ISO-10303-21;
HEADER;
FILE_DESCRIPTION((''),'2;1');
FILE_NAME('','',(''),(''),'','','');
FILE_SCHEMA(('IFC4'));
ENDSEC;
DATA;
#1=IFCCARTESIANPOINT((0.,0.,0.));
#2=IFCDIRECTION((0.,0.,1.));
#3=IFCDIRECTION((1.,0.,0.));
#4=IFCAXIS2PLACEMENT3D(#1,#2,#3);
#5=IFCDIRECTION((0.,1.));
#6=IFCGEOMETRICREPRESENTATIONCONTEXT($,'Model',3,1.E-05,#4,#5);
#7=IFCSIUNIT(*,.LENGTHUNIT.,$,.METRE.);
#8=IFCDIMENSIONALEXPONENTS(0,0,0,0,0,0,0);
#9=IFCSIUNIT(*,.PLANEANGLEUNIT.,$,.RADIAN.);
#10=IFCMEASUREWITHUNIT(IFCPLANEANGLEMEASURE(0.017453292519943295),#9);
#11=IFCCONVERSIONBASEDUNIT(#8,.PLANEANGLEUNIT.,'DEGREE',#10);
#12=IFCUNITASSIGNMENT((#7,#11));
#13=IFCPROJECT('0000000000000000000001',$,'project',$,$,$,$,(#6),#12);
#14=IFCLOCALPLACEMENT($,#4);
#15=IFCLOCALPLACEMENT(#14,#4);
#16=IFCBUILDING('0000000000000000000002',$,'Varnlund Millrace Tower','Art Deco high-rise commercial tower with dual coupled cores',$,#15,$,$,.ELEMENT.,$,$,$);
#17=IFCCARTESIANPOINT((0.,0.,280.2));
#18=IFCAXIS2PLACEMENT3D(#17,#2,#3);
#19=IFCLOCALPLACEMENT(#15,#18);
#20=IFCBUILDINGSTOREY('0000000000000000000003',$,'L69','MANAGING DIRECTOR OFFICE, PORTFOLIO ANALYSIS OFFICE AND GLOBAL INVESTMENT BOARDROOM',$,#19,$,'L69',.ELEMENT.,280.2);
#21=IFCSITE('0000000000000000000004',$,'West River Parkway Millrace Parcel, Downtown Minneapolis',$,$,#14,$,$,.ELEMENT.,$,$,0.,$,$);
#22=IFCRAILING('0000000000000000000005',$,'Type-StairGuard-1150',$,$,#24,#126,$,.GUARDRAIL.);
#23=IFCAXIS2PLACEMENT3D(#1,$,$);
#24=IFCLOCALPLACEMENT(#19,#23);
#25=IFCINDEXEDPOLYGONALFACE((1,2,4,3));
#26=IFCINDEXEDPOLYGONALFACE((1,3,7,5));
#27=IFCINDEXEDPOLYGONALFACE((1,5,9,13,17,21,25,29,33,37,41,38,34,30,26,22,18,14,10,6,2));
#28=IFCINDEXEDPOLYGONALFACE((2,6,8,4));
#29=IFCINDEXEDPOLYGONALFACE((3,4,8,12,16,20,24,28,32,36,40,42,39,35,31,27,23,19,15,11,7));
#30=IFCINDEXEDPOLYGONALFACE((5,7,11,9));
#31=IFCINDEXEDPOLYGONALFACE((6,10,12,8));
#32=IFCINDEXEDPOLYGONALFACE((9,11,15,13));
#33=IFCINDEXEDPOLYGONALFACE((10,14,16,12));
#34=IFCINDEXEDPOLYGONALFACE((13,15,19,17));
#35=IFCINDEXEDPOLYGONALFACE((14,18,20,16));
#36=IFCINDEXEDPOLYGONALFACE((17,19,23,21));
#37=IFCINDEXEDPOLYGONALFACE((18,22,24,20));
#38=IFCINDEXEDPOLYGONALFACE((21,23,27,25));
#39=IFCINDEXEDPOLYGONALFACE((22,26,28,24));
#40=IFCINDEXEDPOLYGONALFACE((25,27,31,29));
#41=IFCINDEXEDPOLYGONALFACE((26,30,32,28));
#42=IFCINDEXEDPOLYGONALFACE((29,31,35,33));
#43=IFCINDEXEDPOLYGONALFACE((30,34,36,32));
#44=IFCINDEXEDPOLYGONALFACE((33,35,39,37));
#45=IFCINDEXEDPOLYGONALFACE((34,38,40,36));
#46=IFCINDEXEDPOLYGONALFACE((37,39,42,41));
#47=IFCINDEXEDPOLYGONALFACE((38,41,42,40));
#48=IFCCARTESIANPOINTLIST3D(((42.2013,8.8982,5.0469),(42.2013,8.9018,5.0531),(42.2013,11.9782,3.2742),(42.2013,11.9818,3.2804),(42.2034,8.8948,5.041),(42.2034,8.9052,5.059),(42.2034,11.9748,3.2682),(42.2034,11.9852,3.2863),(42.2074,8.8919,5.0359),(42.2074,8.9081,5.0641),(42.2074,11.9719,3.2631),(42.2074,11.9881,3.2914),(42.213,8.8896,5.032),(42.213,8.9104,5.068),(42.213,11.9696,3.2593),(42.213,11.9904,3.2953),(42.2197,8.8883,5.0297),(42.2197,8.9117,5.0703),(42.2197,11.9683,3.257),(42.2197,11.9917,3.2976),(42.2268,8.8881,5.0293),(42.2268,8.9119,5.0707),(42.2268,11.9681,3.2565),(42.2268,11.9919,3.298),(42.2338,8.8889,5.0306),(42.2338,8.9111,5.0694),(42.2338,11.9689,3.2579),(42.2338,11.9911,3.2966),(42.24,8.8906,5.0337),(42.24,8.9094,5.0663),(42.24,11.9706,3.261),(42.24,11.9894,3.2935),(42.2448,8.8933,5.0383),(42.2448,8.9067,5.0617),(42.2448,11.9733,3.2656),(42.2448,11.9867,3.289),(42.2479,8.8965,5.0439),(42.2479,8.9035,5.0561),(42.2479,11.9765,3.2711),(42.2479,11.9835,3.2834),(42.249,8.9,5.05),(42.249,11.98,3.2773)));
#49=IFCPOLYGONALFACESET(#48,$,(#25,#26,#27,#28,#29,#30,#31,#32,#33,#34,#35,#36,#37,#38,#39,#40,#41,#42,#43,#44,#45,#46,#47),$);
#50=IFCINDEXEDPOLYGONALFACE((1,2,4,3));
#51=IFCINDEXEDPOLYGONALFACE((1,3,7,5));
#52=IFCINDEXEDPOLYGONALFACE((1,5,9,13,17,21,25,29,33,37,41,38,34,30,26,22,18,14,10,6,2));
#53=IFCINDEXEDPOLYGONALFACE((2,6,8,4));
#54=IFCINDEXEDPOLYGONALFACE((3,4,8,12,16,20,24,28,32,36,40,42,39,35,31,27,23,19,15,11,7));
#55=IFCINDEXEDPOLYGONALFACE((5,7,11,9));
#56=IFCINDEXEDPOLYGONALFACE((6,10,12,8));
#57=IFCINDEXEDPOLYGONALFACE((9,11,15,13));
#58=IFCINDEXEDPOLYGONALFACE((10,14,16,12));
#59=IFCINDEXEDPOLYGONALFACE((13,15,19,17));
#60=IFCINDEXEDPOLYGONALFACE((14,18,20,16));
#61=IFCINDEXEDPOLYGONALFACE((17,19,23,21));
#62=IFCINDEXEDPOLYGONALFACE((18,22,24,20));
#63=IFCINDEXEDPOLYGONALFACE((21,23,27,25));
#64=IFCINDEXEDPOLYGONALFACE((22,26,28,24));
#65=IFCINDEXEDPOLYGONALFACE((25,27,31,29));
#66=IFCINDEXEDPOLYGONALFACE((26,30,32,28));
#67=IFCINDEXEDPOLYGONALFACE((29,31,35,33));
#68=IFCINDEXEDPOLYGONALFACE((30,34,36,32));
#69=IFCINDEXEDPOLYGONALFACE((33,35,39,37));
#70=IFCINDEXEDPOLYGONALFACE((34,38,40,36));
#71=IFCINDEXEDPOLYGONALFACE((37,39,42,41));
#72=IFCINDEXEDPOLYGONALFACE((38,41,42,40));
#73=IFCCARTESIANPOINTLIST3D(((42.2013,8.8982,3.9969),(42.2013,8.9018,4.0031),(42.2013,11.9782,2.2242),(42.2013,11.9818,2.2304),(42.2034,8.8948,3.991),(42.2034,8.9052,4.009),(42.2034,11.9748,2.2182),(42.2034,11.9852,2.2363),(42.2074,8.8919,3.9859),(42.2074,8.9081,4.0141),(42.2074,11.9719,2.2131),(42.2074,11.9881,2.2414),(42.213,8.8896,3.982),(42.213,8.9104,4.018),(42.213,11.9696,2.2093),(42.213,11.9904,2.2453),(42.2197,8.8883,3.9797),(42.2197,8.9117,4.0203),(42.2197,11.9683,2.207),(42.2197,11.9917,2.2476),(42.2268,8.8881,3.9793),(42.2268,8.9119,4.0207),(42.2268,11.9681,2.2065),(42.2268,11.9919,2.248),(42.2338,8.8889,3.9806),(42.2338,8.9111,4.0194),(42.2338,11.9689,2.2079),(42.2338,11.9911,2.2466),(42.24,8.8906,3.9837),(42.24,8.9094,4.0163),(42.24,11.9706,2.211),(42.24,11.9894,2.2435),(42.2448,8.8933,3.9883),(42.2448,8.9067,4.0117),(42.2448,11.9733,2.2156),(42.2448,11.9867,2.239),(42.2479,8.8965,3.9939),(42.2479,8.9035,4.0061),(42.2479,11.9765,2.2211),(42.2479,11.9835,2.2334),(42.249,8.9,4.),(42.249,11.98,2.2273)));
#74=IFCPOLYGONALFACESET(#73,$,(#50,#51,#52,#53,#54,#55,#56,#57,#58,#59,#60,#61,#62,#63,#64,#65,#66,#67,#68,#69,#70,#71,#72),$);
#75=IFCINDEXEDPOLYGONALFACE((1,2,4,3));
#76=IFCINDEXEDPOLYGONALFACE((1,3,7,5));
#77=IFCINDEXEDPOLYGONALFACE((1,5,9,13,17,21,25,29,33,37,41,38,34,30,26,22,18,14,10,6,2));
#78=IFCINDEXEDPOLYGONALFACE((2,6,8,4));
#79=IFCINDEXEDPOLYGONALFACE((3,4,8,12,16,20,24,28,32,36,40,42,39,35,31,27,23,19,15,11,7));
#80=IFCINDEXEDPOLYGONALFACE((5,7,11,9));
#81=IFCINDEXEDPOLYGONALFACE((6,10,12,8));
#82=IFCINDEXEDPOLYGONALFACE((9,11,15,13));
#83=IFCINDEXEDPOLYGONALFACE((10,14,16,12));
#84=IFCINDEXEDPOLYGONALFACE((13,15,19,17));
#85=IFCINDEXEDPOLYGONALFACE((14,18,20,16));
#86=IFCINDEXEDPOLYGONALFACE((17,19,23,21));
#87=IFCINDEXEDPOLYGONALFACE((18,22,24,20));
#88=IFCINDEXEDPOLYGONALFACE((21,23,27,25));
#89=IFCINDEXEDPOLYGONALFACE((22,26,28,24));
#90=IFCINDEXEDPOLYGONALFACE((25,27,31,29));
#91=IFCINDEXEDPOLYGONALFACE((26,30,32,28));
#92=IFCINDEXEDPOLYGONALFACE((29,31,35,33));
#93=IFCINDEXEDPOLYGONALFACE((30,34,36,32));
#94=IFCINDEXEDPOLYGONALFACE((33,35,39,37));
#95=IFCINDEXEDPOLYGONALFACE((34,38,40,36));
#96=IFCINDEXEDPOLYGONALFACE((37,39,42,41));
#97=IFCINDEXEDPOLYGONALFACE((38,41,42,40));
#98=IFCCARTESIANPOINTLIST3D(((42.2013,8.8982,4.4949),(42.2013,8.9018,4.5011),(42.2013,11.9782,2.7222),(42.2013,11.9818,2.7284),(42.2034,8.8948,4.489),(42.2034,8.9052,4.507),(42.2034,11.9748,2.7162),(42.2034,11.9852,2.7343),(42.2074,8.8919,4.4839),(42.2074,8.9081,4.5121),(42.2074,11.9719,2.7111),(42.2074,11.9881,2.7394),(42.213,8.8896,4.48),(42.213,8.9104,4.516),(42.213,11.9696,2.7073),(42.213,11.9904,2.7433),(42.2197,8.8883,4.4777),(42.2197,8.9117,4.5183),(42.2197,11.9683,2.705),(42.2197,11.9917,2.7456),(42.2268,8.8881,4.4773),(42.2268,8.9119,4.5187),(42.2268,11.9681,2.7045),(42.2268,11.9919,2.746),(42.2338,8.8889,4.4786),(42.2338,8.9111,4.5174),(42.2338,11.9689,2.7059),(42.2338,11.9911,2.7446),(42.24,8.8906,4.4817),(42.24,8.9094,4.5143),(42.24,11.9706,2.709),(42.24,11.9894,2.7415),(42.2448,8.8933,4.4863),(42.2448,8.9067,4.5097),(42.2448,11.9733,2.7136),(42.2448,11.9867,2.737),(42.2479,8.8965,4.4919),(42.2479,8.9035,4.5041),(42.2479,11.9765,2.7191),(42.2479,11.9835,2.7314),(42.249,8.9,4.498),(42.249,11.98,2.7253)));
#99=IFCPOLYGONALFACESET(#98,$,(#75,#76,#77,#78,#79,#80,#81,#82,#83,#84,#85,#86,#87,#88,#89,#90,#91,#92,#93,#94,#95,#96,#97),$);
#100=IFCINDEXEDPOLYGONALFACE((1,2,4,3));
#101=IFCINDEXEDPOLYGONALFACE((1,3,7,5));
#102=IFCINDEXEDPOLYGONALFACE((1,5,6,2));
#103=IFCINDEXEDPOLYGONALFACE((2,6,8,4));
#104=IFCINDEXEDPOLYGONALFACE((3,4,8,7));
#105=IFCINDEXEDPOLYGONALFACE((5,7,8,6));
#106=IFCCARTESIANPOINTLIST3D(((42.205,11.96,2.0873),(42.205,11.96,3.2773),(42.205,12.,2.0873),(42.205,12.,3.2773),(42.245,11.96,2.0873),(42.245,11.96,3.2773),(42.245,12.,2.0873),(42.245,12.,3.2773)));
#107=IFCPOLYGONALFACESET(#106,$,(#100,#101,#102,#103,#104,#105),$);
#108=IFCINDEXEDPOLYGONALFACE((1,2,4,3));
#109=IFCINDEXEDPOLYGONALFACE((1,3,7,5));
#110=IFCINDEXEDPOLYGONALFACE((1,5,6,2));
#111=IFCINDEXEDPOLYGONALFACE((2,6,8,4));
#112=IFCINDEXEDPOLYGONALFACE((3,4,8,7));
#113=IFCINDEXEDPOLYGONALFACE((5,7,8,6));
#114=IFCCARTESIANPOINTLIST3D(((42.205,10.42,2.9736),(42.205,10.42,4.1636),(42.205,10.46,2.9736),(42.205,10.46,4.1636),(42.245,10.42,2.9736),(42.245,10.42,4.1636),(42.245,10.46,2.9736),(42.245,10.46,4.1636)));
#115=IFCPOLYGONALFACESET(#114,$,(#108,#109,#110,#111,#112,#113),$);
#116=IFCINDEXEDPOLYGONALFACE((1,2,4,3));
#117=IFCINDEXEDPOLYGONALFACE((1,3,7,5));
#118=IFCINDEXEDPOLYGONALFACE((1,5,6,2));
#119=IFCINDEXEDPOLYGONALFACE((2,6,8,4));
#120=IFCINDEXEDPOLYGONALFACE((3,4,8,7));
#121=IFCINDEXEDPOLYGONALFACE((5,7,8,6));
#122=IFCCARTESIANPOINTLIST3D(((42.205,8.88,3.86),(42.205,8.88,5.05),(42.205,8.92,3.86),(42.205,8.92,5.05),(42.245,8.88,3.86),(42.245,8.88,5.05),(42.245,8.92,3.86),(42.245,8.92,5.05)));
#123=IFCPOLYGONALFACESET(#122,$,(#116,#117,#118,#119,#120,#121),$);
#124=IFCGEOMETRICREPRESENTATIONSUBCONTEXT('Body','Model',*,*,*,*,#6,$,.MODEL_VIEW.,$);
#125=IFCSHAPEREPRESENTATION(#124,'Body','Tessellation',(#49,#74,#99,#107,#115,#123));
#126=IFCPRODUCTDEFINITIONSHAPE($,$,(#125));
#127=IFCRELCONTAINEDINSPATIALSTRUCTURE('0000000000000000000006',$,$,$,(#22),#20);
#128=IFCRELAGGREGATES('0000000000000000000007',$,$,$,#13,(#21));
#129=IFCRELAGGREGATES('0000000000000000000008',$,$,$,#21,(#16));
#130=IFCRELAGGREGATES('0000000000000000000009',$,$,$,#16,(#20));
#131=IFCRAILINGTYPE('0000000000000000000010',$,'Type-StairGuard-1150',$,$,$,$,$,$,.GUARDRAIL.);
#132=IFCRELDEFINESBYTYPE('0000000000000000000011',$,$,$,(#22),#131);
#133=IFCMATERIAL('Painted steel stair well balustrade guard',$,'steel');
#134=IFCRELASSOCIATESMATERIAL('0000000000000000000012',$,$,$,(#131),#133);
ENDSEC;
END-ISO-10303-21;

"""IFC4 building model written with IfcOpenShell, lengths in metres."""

from ifc_helpers import new_model, entity, si_unit, converted_unit, direction, frame, origin_with_axes, origin_2d_with_axis, place, context, subcontext, project, spatial, rectangle, circle, extrude, material, type_object, element, save


model = new_model("IFC4")

# Units and contexts
model_context = context("Model", 3, precision=1e-05, world=origin_with_axes(), true_north=direction((0.0, 1.0)))
body_context = subcontext(model_context, "Body", "Model", "MODEL_VIEW")
ifc_project = project(units=[si_unit("LENGTHUNIT", "METRE"), converted_unit("PLANEANGLEUNIT", "DEGREE", entity("IfcPlaneAngleMeasure", 0.017453292519943295), si_unit("PLANEANGLEUNIT", "RADIAN"), dimensions=[0, 0, 0, 0, 0, 0, 0])], contexts=[model_context])

# Site, building, storey
site_placement = place(None, origin_with_axes())
site = spatial("IfcSite", under=ifc_project, at=site_placement, Name="West River Parkway Millrace Parcel, Downtown Minneapolis", CompositionType="ELEMENT", RefElevation=0.0)
building_placement = place(site_placement, origin_with_axes())
building = spatial("IfcBuilding", under=site, at=building_placement, Name="Varnlund Millrace Tower", Description="Art Deco high-rise commercial tower with dual coupled cores", CompositionType="ELEMENT")
storey_placement = place(building_placement, frame((0.0, 0.0, 280.2), z_axis=(0.0, 0.0, 1.0), x_axis=(1.0, 0.0, 0.0)))
storey = spatial("IfcBuildingStorey", under=building, at=storey_placement, Name="L69", Description="MANAGING DIRECTOR OFFICE, PORTFOLIO ANALYSIS OFFICE AND GLOBAL INVESTMENT BOARDROOM", LongName="L69", CompositionType="ELEMENT", Elevation=280.2)

# Railing
ifc_material_1 = material(Name="Painted steel stair well balustrade guard", Category="steel")
railing_type_1 = type_object("IfcRailingType", Name="Type-StairGuard-1150", PredefinedType="GUARDRAIL", material=ifc_material_1)
railing_1_placement = place(storey_placement, frame((0.0, 0.0, -280.2), z_axis=(0.0, 0.0, 1.0), x_axis=(1.0, 0.0, 0.0)))
element("IfcRailing", 1, at=railing_1_placement, inside=storey, type_object=railing_type_1, Name="Type-StairGuard-1150", PredefinedType="GUARDRAIL", context=body_context, shape_type="SweptSolid", body=[
    extrude(circle(Radius=0.024, at=origin_2d_with_axis()), frame((42.225, 11.98, 283.4773), z_axis=(0.0, -0.866696, 0.498836), x_axis=(1.0, 0.0, 0.0)), (0.0, 0.0, 1.0), 3.5537),
    extrude(circle(Radius=0.024, at=origin_2d_with_axis()), frame((42.225, 11.98, 282.4273), z_axis=(0.0, -0.866696, 0.498836), x_axis=(1.0, 0.0, 0.0)), (0.0, 0.0, 1.0), 3.5537),
    extrude(circle(Radius=0.024, at=origin_2d_with_axis()), frame((42.225, 11.98, 282.9253), z_axis=(0.0, -0.866696, 0.498836), x_axis=(1.0, 0.0, 0.0)), (0.0, 0.0, 1.0), 3.5537),
    extrude(rectangle(XDim=0.04, YDim=0.04, at=origin_2d_with_axis()), frame((42.225, 11.98, 282.2873), z_axis=(0.0, 0.0, 1.0), x_axis=(1.0, 0.0, 0.0)), (0.0, 0.0, 1.0), 1.19),
    extrude(rectangle(XDim=0.04, YDim=0.04, at=origin_2d_with_axis()), frame((42.225, 10.44, 283.1736), z_axis=(0.0, 0.0, 1.0), x_axis=(1.0, 0.0, 0.0)), (0.0, 0.0, 1.0), 1.19),
    extrude(rectangle(XDim=0.04, YDim=0.04, at=origin_2d_with_axis()), frame((42.225, 8.9, 284.06), z_axis=(0.0, 0.0, 1.0), x_axis=(1.0, 0.0, 0.0)), (0.0, 0.0, 1.0), 1.19),
])

save(model, "model.ifc")
